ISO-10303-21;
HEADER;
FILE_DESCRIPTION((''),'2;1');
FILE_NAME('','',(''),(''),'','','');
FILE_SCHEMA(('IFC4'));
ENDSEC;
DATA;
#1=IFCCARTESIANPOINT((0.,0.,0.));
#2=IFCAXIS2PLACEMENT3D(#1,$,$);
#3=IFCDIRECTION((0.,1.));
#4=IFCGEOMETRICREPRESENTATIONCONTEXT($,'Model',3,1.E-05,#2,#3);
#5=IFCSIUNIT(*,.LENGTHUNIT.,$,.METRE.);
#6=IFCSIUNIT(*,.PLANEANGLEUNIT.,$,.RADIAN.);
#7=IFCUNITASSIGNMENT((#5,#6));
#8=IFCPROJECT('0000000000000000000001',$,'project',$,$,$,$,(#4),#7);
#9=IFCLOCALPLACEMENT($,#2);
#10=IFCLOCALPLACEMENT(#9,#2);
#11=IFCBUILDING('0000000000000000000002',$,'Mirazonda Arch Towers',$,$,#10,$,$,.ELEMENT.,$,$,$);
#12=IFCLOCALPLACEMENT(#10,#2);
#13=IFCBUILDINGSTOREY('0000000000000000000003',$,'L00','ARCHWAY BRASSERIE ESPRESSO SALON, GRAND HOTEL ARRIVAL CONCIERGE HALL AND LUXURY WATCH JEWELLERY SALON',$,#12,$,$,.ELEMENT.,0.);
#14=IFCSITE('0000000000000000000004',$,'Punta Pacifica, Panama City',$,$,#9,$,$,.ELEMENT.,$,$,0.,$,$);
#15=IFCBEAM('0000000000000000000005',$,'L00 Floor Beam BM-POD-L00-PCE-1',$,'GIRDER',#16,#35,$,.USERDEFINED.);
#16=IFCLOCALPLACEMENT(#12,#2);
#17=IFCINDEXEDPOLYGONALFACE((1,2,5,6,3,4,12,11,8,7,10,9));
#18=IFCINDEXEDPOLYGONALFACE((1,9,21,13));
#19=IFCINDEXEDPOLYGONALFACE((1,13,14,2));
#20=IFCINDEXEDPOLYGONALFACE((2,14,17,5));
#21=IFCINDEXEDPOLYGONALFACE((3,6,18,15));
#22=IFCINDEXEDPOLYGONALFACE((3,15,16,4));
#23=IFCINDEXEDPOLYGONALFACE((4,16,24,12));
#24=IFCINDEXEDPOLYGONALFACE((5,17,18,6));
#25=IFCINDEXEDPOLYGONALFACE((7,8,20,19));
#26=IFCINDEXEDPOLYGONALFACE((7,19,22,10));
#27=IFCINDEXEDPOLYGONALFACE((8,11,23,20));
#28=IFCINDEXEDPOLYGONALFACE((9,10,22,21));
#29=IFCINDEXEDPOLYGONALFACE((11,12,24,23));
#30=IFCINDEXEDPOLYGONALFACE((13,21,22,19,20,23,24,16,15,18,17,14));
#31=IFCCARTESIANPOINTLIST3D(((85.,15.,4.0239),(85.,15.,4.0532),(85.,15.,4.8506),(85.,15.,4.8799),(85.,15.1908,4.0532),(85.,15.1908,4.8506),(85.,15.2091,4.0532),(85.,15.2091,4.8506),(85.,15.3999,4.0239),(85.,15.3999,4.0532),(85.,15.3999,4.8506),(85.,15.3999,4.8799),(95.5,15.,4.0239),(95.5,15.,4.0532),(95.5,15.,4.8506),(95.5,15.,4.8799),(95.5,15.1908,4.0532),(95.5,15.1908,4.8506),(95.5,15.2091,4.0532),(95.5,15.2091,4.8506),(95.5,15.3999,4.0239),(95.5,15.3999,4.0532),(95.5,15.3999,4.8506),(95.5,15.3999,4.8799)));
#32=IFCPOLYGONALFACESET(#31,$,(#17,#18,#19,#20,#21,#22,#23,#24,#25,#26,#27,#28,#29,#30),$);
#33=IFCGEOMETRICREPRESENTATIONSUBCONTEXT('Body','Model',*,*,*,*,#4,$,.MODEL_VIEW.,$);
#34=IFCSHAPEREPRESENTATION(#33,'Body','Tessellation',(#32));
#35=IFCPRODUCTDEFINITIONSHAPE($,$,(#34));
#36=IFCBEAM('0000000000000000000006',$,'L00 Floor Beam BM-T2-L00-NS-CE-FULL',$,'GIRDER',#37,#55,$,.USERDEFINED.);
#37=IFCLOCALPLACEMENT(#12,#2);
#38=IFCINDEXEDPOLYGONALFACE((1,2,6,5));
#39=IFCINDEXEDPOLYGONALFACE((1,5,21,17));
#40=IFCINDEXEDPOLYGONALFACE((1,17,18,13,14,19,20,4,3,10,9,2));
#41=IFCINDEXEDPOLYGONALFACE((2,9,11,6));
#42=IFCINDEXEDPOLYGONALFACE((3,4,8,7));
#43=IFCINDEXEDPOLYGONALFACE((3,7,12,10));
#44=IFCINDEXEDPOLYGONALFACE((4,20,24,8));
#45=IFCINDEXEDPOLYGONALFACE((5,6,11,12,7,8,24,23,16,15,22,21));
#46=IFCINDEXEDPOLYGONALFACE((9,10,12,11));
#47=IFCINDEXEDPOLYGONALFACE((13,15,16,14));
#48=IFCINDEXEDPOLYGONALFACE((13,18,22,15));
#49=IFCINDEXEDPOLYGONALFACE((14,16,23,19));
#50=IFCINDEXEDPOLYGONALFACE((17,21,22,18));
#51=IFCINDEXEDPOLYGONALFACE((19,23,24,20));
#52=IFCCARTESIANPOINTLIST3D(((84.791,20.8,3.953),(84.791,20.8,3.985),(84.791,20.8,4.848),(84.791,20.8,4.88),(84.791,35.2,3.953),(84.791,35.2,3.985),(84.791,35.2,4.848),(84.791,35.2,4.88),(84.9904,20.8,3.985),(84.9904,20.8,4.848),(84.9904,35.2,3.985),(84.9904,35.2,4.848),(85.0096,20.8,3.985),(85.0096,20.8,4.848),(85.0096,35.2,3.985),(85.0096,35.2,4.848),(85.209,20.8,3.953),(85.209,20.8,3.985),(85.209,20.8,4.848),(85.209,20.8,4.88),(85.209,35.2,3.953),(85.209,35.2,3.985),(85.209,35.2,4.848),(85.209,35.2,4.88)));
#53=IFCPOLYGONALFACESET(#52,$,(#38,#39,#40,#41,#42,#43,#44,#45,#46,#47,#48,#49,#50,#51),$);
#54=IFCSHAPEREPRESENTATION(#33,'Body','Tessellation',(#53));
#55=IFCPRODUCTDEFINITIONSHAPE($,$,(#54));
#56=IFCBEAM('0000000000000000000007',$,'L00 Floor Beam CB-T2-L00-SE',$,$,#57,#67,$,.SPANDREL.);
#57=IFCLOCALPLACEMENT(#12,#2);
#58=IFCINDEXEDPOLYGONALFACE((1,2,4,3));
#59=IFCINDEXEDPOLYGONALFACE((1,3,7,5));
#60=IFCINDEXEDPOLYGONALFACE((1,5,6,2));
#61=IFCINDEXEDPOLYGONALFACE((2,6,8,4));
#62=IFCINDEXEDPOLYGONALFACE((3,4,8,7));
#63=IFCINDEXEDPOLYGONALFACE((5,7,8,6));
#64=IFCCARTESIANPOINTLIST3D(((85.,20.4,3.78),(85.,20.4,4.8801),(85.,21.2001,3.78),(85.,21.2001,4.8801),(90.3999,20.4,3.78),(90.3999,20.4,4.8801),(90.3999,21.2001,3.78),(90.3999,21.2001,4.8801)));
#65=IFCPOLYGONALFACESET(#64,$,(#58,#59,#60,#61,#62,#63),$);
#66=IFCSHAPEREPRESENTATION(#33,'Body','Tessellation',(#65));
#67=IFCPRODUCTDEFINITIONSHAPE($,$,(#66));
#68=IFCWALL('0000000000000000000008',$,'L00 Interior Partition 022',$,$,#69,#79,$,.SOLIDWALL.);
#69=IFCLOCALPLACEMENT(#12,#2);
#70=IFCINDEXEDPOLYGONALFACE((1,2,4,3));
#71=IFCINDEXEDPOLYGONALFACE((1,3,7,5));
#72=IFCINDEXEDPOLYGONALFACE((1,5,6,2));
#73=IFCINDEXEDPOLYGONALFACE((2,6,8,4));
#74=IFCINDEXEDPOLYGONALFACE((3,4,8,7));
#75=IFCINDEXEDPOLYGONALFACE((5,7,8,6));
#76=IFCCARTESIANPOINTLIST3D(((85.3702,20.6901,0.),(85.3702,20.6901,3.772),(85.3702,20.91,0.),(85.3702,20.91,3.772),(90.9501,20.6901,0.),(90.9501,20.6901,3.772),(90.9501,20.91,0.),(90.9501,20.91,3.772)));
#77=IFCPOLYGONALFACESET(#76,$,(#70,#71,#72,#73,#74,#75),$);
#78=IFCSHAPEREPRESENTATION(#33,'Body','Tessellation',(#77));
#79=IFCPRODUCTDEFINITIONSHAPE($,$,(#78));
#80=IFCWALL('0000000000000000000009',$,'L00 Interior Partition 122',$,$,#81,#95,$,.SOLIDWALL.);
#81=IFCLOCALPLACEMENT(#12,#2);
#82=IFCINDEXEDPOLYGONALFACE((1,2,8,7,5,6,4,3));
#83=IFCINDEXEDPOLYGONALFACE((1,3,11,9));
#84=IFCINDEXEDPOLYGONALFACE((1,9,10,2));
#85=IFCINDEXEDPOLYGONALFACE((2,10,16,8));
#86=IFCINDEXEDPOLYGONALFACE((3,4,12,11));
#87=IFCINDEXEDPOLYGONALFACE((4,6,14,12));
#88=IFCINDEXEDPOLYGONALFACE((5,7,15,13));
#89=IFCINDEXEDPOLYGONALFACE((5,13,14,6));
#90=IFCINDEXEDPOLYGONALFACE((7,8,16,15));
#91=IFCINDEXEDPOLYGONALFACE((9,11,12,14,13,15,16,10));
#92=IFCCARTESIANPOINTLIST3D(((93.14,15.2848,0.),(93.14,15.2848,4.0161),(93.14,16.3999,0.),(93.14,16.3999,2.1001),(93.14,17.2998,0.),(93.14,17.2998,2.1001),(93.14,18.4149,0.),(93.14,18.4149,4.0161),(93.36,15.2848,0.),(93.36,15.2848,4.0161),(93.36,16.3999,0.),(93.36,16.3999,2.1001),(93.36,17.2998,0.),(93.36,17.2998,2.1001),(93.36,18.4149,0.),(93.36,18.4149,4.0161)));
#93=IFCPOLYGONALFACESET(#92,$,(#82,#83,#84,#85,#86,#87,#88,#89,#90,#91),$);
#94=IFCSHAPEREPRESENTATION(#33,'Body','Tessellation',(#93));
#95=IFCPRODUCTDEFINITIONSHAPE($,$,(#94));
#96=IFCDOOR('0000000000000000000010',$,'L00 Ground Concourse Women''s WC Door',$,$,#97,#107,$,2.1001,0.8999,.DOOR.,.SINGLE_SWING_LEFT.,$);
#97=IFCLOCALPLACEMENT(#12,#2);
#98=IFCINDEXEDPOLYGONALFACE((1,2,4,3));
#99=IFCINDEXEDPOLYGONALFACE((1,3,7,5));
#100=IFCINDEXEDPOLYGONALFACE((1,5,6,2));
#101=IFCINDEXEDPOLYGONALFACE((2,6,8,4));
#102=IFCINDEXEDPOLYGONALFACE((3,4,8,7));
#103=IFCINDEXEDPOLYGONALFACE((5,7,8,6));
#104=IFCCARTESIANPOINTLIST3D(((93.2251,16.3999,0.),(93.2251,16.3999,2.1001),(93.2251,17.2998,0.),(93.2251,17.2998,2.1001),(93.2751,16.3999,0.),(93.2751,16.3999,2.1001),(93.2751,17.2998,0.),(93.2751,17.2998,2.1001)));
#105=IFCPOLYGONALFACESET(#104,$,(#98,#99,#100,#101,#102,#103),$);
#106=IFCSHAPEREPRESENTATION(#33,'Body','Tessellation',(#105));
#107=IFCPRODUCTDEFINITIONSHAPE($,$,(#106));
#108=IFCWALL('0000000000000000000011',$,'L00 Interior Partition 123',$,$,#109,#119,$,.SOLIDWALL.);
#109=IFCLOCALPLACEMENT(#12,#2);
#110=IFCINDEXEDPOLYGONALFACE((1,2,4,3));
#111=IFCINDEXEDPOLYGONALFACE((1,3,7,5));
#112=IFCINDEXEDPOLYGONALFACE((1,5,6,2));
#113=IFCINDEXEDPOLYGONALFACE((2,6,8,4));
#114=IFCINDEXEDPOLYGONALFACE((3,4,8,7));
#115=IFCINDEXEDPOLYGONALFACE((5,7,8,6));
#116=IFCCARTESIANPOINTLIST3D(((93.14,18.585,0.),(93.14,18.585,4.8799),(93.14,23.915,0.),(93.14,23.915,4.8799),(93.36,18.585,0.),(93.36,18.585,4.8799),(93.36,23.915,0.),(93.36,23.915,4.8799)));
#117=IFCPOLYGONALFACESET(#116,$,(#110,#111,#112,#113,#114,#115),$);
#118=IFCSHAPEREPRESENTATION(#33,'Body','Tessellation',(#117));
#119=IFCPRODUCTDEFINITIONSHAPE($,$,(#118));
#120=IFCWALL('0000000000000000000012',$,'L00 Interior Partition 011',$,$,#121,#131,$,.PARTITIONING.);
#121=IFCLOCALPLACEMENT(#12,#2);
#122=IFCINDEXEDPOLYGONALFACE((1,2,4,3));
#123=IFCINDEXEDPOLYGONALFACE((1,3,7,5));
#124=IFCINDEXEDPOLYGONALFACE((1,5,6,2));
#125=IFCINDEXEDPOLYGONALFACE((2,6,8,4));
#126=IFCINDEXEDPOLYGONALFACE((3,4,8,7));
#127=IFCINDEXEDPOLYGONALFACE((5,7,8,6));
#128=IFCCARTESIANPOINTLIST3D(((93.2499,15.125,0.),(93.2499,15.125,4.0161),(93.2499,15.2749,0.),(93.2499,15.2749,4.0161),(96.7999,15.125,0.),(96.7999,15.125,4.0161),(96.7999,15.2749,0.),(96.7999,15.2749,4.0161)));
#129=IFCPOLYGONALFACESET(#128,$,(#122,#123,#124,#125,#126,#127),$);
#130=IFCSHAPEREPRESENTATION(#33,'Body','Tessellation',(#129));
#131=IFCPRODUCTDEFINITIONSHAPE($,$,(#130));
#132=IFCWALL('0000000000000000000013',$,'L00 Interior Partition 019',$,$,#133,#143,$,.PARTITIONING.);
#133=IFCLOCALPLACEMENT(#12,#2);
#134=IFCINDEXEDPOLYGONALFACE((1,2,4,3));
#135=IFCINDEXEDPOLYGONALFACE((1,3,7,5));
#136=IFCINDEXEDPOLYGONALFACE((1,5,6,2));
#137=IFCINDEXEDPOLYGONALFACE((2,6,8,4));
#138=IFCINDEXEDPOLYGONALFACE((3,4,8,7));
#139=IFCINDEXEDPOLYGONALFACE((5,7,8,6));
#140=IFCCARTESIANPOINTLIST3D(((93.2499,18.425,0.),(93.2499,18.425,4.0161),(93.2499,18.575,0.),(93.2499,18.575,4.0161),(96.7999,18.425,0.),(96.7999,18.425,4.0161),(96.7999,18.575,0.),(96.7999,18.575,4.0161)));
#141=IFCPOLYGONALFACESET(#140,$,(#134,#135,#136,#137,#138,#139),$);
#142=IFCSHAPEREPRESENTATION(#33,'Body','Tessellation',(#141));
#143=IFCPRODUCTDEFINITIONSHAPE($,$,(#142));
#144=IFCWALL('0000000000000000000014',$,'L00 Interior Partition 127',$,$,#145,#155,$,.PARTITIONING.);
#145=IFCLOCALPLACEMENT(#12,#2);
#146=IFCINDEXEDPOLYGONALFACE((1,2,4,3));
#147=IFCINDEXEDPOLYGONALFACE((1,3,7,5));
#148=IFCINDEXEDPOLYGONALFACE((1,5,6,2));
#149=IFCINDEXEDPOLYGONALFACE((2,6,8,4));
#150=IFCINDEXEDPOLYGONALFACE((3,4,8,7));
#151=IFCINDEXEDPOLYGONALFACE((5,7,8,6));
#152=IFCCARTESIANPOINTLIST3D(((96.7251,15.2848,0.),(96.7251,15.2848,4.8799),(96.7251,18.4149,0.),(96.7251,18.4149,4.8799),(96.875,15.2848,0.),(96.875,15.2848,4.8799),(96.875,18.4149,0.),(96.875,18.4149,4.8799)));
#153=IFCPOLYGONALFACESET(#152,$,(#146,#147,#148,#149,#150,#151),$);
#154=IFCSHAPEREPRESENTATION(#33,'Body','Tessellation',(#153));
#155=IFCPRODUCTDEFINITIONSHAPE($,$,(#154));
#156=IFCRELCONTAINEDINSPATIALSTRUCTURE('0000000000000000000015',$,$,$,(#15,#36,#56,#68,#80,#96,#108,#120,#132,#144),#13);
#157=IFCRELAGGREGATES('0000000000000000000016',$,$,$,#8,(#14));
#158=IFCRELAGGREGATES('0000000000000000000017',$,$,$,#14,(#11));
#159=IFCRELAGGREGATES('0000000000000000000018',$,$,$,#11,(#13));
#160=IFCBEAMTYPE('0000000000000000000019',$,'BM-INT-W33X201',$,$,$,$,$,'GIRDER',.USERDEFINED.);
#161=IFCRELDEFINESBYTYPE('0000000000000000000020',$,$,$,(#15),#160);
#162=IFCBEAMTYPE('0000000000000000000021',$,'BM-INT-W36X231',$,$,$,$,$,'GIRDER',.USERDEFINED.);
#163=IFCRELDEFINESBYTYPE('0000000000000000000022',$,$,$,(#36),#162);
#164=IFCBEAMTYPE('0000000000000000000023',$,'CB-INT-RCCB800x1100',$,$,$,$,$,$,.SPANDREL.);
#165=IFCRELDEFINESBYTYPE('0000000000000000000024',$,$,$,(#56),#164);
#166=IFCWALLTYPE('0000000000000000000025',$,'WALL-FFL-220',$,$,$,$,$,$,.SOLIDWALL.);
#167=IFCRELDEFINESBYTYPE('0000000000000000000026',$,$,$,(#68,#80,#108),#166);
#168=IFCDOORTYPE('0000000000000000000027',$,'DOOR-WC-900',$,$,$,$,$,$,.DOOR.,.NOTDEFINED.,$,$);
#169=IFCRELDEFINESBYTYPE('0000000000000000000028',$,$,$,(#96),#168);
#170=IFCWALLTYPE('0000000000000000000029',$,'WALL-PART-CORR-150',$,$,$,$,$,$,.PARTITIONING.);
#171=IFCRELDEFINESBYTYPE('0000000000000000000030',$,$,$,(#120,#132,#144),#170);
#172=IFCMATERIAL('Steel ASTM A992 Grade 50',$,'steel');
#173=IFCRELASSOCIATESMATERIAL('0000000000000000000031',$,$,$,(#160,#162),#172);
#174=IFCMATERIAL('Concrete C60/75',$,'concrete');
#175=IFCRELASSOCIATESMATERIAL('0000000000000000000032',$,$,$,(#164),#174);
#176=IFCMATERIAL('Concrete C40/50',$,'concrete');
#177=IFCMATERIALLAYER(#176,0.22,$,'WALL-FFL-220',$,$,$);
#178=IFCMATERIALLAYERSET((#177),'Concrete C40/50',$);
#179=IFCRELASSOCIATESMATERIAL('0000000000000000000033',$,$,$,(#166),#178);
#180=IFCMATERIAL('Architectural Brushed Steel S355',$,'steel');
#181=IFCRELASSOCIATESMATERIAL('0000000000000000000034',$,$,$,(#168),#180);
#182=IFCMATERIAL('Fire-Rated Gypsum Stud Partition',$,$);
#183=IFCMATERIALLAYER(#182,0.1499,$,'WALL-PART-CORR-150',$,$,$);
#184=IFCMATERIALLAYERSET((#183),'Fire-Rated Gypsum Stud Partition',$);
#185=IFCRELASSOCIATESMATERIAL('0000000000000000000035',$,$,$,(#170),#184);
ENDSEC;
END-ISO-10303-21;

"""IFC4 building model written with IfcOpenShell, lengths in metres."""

from ifc_helpers import new_model, si_unit, direction, frame, frame_2d, origin, origin_2d, place, context, subcontext, project, spatial, rectangle, i_section, extrude, material, layer, layer_set, material_profile, profile_set, type_object, element, fill, save


model = new_model("IFC4")

# Units and contexts
model_context = context("Model", 3, precision=1e-05, world=origin(), true_north=direction((0.0, 1.0)))
body_context = subcontext(model_context, "Body", "Model", "MODEL_VIEW")
ifc_project = project(units=[si_unit("LENGTHUNIT", "METRE"), si_unit("PLANEANGLEUNIT", "RADIAN")], contexts=[model_context])

# Site, building, storey
site_placement = place(None, origin())
site = spatial("IfcSite", under=ifc_project, at=site_placement, Name="Punta Pacifica, Panama City", CompositionType="ELEMENT", RefElevation=0.0)
building_placement = place(site_placement, origin())
building = spatial("IfcBuilding", under=site, at=building_placement, Name="Mirazonda Arch Towers", CompositionType="ELEMENT")
storey_placement = place(building_placement, origin())
storey = spatial("IfcBuildingStorey", under=building, at=storey_placement, Name="L00", Description="ARCHWAY BRASSERIE ESPRESSO SALON, GRAND HOTEL ARRIVAL CONCIERGE HALL AND LUXURY WATCH JEWELLERY SALON", CompositionType="ELEMENT", Elevation=0.0)

# Shared definitions
ifc_material_1 = material(Name="Concrete C60/75", Category="concrete")

# Beams
ifc_material_2 = material(Name="Steel ASTM A992 Grade 50", Category="steel")
ifc_material_profile_1 = material_profile(ifc_material_2, i_section(OverallWidth=0.3999, OverallDepth=0.856, WebThickness=0.0183, FlangeThickness=0.0293, at=origin_2d()), Name="W33X201")
ifc_profile_set_1 = profile_set([ifc_material_profile_1], Name="Steel ASTM A992 Grade 50")
beam_type_1 = type_object("IfcBeamType", Name="BM-INT-W33X201", ElementType="GIRDER", PredefinedType="USERDEFINED", material=ifc_profile_set_1)
beam_1_placement = place(storey_placement, frame((85.0, 15.2, 4.4519), z_axis=(1.0, 0.0, 0.0), x_axis=(0.0, 1.0, 0.0)))
element("IfcBeam", 1, at=beam_1_placement, inside=storey, type_object=beam_type_1, Name="L00 Floor Beam BM-POD-L00-PCE-1", ObjectType="GIRDER", PredefinedType="USERDEFINED", context=body_context, shape_type="SweptSolid", body=[
    extrude(i_section(OverallWidth=0.3999, OverallDepth=0.856, WebThickness=0.0183, FlangeThickness=0.0293, at=origin_2d()), origin(), (0.0, 0.0, 1.0), 10.5),
])
ifc_material_profile_2 = material_profile(ifc_material_2, i_section(OverallWidth=0.418, OverallDepth=0.927, WebThickness=0.0193, FlangeThickness=0.032, at=origin_2d()), Name="W36X231")
ifc_profile_set_2 = profile_set([ifc_material_profile_2], Name="Steel ASTM A992 Grade 50")
beam_type_2 = type_object("IfcBeamType", Name="BM-INT-W36X231", ElementType="GIRDER", PredefinedType="USERDEFINED", material=ifc_profile_set_2)
beam_2_placement = place(storey_placement, frame((85.0, 20.8, 4.4165), z_axis=(0.0, 1.0, 0.0), x_axis=(-1.0, 0.0, 0.0)))
element("IfcBeam", 2, at=beam_2_placement, inside=storey, type_object=beam_type_2, Name="L00 Floor Beam BM-T2-L00-NS-CE-FULL", ObjectType="GIRDER", PredefinedType="USERDEFINED", context=body_context, shape_type="SweptSolid", body=[
    extrude(i_section(OverallWidth=0.418, OverallDepth=0.927, WebThickness=0.0193, FlangeThickness=0.032, at=origin_2d()), origin(), (0.0, 0.0, 1.0), 14.3999),
])
ifc_material_profile_3 = material_profile(ifc_material_1, rectangle(XDim=0.8, YDim=1.1001, at=origin_2d()), Name="RCCB800x1100")
ifc_profile_set_3 = profile_set([ifc_material_profile_3], Name="Concrete C60/75")
beam_type_3 = type_object("IfcBeamType", Name="CB-INT-RCCB800x1100", PredefinedType="SPANDREL", material=ifc_profile_set_3)
beam_3_placement = place(storey_placement, frame((85.0, 20.8, 4.3301), z_axis=(1.0, 0.0, 0.0), x_axis=(0.0, 1.0, 0.0)))
element("IfcBeam", 3, at=beam_3_placement, inside=storey, type_object=beam_type_3, Name="L00 Floor Beam CB-T2-L00-SE", PredefinedType="SPANDREL", context=body_context, shape_type="SweptSolid", body=[
    extrude(rectangle(XDim=0.8, YDim=1.1001, at=origin_2d()), origin(), (0.0, 0.0, 1.0), 5.3999),
])

# Wall
ifc_material_3 = material(Name="Concrete C40/50", Category="concrete")
ifc_layer_1 = layer(ifc_material_3, 0.22, Name="WALL-FFL-220")
ifc_layer_set_1 = layer_set([ifc_layer_1], Name="Concrete C40/50")
wall_type_1 = type_object("IfcWallType", Name="WALL-FFL-220", PredefinedType="SOLIDWALL", material=ifc_layer_set_1)
wall_1_placement = place(storey_placement, frame((85.3701, 20.8, 0.0), z_axis=(0.0, 0.0, 1.0), x_axis=(1.0, 0.0, 0.0)))
element("IfcWall", 4, at=wall_1_placement, inside=storey, type_object=wall_type_1, Name="L00 Interior Partition 022", PredefinedType="SOLIDWALL", context=body_context, shape_type="SweptSolid", body=[
    extrude(rectangle(XDim=5.5798, YDim=0.22, at=frame_2d((2.79, 0.0))), origin(), (0.0, 0.0, 1.0), 3.772),
])

# Wall, opening, door
wall_2_placement = place(storey_placement, frame((93.25, 15.2849, 0.0), z_axis=(0.0, 0.0, 1.0), x_axis=(0.0, 1.0, 0.0)))
wall_2 = element("IfcWall", 5, at=wall_2_placement, inside=storey, type_object=wall_type_1, Name="L00 Interior Partition 122", PredefinedType="SOLIDWALL", context=body_context, shape_type="SweptSolid", body=[
    extrude(rectangle(XDim=3.1301, YDim=0.22, at=frame_2d((1.5649, 0.0))), origin(), (0.0, 0.0, 1.0), 4.0161),
])
opening_placement = place(wall_2_placement, frame((1.115, 0.0, 0.0)))
opening = element("IfcOpeningElement", 6, at=opening_placement, cuts=wall_2, PredefinedType="OPENING", context=body_context, shape_type="SweptSolid", body=[
    extrude(rectangle(XDim=0.8999, YDim=2.1001, at=frame_2d((0.45, 1.05))), frame((0.0, 0.1199, 0.0), z_axis=(0.0, -1.0, 0.0), x_axis=(1.0, 0.0, 0.0)), (0.0, 0.0, 1.0), 0.24),
])
ifc_material_4 = material(Name="Architectural Brushed Steel S355", Category="steel")
door_type = type_object("IfcDoorType", Name="DOOR-WC-900", OperationType="NOTDEFINED", PredefinedType="DOOR", material=ifc_material_4)
door_placement = place(opening_placement, origin())
door = element("IfcDoor", 7, at=door_placement, inside=storey, type_object=door_type, Name="L00 Ground Concourse Women's WC Door", OperationType="SINGLE_SWING_LEFT", OverallHeight=2.1001, OverallWidth=0.8999, PredefinedType="DOOR", context=body_context, shape_type="SweptSolid", body=[
    extrude(rectangle(XDim=0.8999, YDim=2.1001, at=frame_2d((0.45, 1.05))), frame((0.0, 0.0249, 0.0), z_axis=(0.0, -1.0, 0.0), x_axis=(1.0, 0.0, 0.0)), (0.0, 0.0, 1.0), 0.05),
])
fill(opening, door)

# Walls
wall_3_placement = place(storey_placement, frame((93.25, 18.585, 0.0), z_axis=(0.0, 0.0, 1.0), x_axis=(0.0, 1.0, 0.0)))
element("IfcWall", 8, at=wall_3_placement, inside=storey, type_object=wall_type_1, Name="L00 Interior Partition 123", PredefinedType="SOLIDWALL", context=body_context, shape_type="SweptSolid", body=[
    extrude(rectangle(XDim=5.3301, YDim=0.22, at=frame_2d((2.665, 0.0))), origin(), (0.0, 0.0, 1.0), 4.8799),
])
ifc_material_5 = material(Name="Fire-Rated Gypsum Stud Partition")
ifc_layer_2 = layer(ifc_material_5, 0.1499, Name="WALL-PART-CORR-150")
ifc_layer_set_2 = layer_set([ifc_layer_2], Name="Fire-Rated Gypsum Stud Partition")
wall_type_2 = type_object("IfcWallType", Name="WALL-PART-CORR-150", PredefinedType="PARTITIONING", material=ifc_layer_set_2)
for number, where, z_axis, x_axis, name in (
    (9, (93.25, 15.2, 0.0), (0.0, 0.0, 1.0), (1.0, 0.0, 0.0), "L00 Interior Partition 011"),
    (10, (93.25, 18.5, 0.0), (0.0, 0.0, 1.0), (1.0, 0.0, 0.0), "L00 Interior Partition 019"),
):
    element("IfcWall", number, at=place(storey_placement, frame(where, z_axis=z_axis, x_axis=x_axis)), inside=storey, type_object=wall_type_2, Name=name, PredefinedType="PARTITIONING", context=body_context, shape_type="SweptSolid", body=[
        extrude(rectangle(XDim=3.55, YDim=0.1499, at=frame_2d((1.7749, 0.0))), origin(), (0.0, 0.0, 1.0), 4.0161),
    ])
wall_4_placement = place(storey_placement, frame((96.8, 15.2849, 0.0), z_axis=(0.0, 0.0, 1.0), x_axis=(0.0, 1.0, 0.0)))
element("IfcWall", 11, at=wall_4_placement, inside=storey, type_object=wall_type_2, Name="L00 Interior Partition 127", PredefinedType="PARTITIONING", context=body_context, shape_type="SweptSolid", body=[
    extrude(rectangle(XDim=3.1301, YDim=0.1499, at=frame_2d((1.5649, 0.0))), origin(), (0.0, 0.0, 1.0), 4.8799),
])

save(model, "model.ifc")
